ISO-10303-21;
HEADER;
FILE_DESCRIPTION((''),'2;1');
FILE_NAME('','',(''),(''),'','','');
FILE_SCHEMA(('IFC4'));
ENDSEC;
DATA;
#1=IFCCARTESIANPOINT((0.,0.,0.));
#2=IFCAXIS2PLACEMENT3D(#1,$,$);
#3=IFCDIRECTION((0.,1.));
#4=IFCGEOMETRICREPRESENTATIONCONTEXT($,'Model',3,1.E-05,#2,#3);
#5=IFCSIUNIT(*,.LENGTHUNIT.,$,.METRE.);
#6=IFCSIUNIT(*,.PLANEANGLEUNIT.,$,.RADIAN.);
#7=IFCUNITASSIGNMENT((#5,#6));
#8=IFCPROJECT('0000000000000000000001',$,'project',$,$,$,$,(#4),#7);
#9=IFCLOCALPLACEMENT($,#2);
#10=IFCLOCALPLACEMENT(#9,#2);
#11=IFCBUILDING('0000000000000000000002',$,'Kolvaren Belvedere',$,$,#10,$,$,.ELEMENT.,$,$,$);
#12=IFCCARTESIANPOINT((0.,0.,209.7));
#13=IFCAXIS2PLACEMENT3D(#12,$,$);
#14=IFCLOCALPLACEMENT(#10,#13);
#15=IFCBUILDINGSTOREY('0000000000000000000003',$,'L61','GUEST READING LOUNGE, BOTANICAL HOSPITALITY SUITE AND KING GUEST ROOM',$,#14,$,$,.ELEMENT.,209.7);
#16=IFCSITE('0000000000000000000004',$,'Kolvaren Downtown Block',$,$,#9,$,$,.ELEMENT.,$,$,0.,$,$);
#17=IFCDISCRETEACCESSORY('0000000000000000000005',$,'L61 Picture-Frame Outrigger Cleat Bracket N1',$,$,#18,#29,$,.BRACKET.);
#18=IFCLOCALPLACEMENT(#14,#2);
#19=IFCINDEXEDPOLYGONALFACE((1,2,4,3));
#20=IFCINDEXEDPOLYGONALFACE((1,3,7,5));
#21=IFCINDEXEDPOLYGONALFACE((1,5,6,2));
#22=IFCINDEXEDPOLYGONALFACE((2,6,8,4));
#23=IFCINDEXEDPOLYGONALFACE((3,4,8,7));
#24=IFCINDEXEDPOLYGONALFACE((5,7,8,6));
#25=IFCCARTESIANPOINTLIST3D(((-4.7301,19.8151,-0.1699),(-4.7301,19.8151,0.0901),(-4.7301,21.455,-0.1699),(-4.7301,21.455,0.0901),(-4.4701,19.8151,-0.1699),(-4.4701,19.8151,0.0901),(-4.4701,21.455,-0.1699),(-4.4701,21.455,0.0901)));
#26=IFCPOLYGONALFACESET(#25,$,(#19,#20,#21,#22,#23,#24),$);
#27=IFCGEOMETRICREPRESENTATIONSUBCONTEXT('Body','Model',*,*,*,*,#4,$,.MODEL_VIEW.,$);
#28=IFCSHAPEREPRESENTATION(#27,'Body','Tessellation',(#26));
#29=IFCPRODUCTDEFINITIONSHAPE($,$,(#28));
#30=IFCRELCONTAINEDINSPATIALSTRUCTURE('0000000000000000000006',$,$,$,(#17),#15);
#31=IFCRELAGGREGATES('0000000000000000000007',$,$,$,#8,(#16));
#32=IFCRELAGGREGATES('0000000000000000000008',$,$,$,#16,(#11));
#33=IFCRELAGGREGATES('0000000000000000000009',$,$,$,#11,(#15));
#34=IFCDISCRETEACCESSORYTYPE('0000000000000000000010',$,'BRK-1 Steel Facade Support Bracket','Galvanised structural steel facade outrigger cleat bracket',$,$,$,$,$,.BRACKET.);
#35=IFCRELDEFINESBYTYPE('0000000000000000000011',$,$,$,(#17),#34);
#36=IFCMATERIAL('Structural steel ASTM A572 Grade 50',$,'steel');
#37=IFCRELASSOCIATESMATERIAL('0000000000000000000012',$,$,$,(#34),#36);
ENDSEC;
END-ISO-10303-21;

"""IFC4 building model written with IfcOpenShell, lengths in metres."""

from ifc_helpers import new_model, si_unit, direction, frame, origin, origin_2d, place, context, subcontext, project, spatial, rectangle, extrude, material, type_object, element, save


model = new_model("IFC4")

# Units and contexts
model_context = context("Model", 3, precision=1e-05, world=origin(), true_north=direction((0.0, 1.0)))
body_context = subcontext(model_context, "Body", "Model", "MODEL_VIEW")
ifc_project = project(units=[si_unit("LENGTHUNIT", "METRE"), si_unit("PLANEANGLEUNIT", "RADIAN")], contexts=[model_context])

# Site, building, storey
site_placement = place(None, origin())
site = spatial("IfcSite", under=ifc_project, at=site_placement, Name="Kolvaren Downtown Block", CompositionType="ELEMENT", RefElevation=0.0)
building_placement = place(site_placement, origin())
building = spatial("IfcBuilding", under=site, at=building_placement, Name="Kolvaren Belvedere", CompositionType="ELEMENT")
storey_placement = place(building_placement, frame((0.0, 0.0, 209.7)))
storey = spatial("IfcBuildingStorey", under=building, at=storey_placement, Name="L61", Description="GUEST READING LOUNGE, BOTANICAL HOSPITALITY SUITE AND KING GUEST ROOM", CompositionType="ELEMENT", Elevation=209.7)

# Discrete accessory
ifc_material_1 = material(Name="Structural steel ASTM A572 Grade 50", Category="steel")
discrete_accessory_type = type_object("IfcDiscreteAccessoryType", Name="BRK-1 Steel Facade Support Bracket", Description="Galvanised structural steel facade outrigger cleat bracket", PredefinedType="BRACKET", material=ifc_material_1)
discrete_accessory_placement = place(storey_placement, frame((-4.6001, 20.635, -0.1699), z_axis=(0.0, 0.0, 1.0), x_axis=(0.0, 1.0, 0.0)))
element("IfcDiscreteAccessory", 1, at=discrete_accessory_placement, inside=storey, type_object=discrete_accessory_type, Name="L61 Picture-Frame Outrigger Cleat Bracket N1", PredefinedType="BRACKET", context=body_context, shape_type="SweptSolid", body=[
    extrude(rectangle(XDim=1.6399, YDim=0.26, at=origin_2d()), origin(), (0.0, 0.0, 1.0), 0.26),
])

save(model, "model.ifc")
